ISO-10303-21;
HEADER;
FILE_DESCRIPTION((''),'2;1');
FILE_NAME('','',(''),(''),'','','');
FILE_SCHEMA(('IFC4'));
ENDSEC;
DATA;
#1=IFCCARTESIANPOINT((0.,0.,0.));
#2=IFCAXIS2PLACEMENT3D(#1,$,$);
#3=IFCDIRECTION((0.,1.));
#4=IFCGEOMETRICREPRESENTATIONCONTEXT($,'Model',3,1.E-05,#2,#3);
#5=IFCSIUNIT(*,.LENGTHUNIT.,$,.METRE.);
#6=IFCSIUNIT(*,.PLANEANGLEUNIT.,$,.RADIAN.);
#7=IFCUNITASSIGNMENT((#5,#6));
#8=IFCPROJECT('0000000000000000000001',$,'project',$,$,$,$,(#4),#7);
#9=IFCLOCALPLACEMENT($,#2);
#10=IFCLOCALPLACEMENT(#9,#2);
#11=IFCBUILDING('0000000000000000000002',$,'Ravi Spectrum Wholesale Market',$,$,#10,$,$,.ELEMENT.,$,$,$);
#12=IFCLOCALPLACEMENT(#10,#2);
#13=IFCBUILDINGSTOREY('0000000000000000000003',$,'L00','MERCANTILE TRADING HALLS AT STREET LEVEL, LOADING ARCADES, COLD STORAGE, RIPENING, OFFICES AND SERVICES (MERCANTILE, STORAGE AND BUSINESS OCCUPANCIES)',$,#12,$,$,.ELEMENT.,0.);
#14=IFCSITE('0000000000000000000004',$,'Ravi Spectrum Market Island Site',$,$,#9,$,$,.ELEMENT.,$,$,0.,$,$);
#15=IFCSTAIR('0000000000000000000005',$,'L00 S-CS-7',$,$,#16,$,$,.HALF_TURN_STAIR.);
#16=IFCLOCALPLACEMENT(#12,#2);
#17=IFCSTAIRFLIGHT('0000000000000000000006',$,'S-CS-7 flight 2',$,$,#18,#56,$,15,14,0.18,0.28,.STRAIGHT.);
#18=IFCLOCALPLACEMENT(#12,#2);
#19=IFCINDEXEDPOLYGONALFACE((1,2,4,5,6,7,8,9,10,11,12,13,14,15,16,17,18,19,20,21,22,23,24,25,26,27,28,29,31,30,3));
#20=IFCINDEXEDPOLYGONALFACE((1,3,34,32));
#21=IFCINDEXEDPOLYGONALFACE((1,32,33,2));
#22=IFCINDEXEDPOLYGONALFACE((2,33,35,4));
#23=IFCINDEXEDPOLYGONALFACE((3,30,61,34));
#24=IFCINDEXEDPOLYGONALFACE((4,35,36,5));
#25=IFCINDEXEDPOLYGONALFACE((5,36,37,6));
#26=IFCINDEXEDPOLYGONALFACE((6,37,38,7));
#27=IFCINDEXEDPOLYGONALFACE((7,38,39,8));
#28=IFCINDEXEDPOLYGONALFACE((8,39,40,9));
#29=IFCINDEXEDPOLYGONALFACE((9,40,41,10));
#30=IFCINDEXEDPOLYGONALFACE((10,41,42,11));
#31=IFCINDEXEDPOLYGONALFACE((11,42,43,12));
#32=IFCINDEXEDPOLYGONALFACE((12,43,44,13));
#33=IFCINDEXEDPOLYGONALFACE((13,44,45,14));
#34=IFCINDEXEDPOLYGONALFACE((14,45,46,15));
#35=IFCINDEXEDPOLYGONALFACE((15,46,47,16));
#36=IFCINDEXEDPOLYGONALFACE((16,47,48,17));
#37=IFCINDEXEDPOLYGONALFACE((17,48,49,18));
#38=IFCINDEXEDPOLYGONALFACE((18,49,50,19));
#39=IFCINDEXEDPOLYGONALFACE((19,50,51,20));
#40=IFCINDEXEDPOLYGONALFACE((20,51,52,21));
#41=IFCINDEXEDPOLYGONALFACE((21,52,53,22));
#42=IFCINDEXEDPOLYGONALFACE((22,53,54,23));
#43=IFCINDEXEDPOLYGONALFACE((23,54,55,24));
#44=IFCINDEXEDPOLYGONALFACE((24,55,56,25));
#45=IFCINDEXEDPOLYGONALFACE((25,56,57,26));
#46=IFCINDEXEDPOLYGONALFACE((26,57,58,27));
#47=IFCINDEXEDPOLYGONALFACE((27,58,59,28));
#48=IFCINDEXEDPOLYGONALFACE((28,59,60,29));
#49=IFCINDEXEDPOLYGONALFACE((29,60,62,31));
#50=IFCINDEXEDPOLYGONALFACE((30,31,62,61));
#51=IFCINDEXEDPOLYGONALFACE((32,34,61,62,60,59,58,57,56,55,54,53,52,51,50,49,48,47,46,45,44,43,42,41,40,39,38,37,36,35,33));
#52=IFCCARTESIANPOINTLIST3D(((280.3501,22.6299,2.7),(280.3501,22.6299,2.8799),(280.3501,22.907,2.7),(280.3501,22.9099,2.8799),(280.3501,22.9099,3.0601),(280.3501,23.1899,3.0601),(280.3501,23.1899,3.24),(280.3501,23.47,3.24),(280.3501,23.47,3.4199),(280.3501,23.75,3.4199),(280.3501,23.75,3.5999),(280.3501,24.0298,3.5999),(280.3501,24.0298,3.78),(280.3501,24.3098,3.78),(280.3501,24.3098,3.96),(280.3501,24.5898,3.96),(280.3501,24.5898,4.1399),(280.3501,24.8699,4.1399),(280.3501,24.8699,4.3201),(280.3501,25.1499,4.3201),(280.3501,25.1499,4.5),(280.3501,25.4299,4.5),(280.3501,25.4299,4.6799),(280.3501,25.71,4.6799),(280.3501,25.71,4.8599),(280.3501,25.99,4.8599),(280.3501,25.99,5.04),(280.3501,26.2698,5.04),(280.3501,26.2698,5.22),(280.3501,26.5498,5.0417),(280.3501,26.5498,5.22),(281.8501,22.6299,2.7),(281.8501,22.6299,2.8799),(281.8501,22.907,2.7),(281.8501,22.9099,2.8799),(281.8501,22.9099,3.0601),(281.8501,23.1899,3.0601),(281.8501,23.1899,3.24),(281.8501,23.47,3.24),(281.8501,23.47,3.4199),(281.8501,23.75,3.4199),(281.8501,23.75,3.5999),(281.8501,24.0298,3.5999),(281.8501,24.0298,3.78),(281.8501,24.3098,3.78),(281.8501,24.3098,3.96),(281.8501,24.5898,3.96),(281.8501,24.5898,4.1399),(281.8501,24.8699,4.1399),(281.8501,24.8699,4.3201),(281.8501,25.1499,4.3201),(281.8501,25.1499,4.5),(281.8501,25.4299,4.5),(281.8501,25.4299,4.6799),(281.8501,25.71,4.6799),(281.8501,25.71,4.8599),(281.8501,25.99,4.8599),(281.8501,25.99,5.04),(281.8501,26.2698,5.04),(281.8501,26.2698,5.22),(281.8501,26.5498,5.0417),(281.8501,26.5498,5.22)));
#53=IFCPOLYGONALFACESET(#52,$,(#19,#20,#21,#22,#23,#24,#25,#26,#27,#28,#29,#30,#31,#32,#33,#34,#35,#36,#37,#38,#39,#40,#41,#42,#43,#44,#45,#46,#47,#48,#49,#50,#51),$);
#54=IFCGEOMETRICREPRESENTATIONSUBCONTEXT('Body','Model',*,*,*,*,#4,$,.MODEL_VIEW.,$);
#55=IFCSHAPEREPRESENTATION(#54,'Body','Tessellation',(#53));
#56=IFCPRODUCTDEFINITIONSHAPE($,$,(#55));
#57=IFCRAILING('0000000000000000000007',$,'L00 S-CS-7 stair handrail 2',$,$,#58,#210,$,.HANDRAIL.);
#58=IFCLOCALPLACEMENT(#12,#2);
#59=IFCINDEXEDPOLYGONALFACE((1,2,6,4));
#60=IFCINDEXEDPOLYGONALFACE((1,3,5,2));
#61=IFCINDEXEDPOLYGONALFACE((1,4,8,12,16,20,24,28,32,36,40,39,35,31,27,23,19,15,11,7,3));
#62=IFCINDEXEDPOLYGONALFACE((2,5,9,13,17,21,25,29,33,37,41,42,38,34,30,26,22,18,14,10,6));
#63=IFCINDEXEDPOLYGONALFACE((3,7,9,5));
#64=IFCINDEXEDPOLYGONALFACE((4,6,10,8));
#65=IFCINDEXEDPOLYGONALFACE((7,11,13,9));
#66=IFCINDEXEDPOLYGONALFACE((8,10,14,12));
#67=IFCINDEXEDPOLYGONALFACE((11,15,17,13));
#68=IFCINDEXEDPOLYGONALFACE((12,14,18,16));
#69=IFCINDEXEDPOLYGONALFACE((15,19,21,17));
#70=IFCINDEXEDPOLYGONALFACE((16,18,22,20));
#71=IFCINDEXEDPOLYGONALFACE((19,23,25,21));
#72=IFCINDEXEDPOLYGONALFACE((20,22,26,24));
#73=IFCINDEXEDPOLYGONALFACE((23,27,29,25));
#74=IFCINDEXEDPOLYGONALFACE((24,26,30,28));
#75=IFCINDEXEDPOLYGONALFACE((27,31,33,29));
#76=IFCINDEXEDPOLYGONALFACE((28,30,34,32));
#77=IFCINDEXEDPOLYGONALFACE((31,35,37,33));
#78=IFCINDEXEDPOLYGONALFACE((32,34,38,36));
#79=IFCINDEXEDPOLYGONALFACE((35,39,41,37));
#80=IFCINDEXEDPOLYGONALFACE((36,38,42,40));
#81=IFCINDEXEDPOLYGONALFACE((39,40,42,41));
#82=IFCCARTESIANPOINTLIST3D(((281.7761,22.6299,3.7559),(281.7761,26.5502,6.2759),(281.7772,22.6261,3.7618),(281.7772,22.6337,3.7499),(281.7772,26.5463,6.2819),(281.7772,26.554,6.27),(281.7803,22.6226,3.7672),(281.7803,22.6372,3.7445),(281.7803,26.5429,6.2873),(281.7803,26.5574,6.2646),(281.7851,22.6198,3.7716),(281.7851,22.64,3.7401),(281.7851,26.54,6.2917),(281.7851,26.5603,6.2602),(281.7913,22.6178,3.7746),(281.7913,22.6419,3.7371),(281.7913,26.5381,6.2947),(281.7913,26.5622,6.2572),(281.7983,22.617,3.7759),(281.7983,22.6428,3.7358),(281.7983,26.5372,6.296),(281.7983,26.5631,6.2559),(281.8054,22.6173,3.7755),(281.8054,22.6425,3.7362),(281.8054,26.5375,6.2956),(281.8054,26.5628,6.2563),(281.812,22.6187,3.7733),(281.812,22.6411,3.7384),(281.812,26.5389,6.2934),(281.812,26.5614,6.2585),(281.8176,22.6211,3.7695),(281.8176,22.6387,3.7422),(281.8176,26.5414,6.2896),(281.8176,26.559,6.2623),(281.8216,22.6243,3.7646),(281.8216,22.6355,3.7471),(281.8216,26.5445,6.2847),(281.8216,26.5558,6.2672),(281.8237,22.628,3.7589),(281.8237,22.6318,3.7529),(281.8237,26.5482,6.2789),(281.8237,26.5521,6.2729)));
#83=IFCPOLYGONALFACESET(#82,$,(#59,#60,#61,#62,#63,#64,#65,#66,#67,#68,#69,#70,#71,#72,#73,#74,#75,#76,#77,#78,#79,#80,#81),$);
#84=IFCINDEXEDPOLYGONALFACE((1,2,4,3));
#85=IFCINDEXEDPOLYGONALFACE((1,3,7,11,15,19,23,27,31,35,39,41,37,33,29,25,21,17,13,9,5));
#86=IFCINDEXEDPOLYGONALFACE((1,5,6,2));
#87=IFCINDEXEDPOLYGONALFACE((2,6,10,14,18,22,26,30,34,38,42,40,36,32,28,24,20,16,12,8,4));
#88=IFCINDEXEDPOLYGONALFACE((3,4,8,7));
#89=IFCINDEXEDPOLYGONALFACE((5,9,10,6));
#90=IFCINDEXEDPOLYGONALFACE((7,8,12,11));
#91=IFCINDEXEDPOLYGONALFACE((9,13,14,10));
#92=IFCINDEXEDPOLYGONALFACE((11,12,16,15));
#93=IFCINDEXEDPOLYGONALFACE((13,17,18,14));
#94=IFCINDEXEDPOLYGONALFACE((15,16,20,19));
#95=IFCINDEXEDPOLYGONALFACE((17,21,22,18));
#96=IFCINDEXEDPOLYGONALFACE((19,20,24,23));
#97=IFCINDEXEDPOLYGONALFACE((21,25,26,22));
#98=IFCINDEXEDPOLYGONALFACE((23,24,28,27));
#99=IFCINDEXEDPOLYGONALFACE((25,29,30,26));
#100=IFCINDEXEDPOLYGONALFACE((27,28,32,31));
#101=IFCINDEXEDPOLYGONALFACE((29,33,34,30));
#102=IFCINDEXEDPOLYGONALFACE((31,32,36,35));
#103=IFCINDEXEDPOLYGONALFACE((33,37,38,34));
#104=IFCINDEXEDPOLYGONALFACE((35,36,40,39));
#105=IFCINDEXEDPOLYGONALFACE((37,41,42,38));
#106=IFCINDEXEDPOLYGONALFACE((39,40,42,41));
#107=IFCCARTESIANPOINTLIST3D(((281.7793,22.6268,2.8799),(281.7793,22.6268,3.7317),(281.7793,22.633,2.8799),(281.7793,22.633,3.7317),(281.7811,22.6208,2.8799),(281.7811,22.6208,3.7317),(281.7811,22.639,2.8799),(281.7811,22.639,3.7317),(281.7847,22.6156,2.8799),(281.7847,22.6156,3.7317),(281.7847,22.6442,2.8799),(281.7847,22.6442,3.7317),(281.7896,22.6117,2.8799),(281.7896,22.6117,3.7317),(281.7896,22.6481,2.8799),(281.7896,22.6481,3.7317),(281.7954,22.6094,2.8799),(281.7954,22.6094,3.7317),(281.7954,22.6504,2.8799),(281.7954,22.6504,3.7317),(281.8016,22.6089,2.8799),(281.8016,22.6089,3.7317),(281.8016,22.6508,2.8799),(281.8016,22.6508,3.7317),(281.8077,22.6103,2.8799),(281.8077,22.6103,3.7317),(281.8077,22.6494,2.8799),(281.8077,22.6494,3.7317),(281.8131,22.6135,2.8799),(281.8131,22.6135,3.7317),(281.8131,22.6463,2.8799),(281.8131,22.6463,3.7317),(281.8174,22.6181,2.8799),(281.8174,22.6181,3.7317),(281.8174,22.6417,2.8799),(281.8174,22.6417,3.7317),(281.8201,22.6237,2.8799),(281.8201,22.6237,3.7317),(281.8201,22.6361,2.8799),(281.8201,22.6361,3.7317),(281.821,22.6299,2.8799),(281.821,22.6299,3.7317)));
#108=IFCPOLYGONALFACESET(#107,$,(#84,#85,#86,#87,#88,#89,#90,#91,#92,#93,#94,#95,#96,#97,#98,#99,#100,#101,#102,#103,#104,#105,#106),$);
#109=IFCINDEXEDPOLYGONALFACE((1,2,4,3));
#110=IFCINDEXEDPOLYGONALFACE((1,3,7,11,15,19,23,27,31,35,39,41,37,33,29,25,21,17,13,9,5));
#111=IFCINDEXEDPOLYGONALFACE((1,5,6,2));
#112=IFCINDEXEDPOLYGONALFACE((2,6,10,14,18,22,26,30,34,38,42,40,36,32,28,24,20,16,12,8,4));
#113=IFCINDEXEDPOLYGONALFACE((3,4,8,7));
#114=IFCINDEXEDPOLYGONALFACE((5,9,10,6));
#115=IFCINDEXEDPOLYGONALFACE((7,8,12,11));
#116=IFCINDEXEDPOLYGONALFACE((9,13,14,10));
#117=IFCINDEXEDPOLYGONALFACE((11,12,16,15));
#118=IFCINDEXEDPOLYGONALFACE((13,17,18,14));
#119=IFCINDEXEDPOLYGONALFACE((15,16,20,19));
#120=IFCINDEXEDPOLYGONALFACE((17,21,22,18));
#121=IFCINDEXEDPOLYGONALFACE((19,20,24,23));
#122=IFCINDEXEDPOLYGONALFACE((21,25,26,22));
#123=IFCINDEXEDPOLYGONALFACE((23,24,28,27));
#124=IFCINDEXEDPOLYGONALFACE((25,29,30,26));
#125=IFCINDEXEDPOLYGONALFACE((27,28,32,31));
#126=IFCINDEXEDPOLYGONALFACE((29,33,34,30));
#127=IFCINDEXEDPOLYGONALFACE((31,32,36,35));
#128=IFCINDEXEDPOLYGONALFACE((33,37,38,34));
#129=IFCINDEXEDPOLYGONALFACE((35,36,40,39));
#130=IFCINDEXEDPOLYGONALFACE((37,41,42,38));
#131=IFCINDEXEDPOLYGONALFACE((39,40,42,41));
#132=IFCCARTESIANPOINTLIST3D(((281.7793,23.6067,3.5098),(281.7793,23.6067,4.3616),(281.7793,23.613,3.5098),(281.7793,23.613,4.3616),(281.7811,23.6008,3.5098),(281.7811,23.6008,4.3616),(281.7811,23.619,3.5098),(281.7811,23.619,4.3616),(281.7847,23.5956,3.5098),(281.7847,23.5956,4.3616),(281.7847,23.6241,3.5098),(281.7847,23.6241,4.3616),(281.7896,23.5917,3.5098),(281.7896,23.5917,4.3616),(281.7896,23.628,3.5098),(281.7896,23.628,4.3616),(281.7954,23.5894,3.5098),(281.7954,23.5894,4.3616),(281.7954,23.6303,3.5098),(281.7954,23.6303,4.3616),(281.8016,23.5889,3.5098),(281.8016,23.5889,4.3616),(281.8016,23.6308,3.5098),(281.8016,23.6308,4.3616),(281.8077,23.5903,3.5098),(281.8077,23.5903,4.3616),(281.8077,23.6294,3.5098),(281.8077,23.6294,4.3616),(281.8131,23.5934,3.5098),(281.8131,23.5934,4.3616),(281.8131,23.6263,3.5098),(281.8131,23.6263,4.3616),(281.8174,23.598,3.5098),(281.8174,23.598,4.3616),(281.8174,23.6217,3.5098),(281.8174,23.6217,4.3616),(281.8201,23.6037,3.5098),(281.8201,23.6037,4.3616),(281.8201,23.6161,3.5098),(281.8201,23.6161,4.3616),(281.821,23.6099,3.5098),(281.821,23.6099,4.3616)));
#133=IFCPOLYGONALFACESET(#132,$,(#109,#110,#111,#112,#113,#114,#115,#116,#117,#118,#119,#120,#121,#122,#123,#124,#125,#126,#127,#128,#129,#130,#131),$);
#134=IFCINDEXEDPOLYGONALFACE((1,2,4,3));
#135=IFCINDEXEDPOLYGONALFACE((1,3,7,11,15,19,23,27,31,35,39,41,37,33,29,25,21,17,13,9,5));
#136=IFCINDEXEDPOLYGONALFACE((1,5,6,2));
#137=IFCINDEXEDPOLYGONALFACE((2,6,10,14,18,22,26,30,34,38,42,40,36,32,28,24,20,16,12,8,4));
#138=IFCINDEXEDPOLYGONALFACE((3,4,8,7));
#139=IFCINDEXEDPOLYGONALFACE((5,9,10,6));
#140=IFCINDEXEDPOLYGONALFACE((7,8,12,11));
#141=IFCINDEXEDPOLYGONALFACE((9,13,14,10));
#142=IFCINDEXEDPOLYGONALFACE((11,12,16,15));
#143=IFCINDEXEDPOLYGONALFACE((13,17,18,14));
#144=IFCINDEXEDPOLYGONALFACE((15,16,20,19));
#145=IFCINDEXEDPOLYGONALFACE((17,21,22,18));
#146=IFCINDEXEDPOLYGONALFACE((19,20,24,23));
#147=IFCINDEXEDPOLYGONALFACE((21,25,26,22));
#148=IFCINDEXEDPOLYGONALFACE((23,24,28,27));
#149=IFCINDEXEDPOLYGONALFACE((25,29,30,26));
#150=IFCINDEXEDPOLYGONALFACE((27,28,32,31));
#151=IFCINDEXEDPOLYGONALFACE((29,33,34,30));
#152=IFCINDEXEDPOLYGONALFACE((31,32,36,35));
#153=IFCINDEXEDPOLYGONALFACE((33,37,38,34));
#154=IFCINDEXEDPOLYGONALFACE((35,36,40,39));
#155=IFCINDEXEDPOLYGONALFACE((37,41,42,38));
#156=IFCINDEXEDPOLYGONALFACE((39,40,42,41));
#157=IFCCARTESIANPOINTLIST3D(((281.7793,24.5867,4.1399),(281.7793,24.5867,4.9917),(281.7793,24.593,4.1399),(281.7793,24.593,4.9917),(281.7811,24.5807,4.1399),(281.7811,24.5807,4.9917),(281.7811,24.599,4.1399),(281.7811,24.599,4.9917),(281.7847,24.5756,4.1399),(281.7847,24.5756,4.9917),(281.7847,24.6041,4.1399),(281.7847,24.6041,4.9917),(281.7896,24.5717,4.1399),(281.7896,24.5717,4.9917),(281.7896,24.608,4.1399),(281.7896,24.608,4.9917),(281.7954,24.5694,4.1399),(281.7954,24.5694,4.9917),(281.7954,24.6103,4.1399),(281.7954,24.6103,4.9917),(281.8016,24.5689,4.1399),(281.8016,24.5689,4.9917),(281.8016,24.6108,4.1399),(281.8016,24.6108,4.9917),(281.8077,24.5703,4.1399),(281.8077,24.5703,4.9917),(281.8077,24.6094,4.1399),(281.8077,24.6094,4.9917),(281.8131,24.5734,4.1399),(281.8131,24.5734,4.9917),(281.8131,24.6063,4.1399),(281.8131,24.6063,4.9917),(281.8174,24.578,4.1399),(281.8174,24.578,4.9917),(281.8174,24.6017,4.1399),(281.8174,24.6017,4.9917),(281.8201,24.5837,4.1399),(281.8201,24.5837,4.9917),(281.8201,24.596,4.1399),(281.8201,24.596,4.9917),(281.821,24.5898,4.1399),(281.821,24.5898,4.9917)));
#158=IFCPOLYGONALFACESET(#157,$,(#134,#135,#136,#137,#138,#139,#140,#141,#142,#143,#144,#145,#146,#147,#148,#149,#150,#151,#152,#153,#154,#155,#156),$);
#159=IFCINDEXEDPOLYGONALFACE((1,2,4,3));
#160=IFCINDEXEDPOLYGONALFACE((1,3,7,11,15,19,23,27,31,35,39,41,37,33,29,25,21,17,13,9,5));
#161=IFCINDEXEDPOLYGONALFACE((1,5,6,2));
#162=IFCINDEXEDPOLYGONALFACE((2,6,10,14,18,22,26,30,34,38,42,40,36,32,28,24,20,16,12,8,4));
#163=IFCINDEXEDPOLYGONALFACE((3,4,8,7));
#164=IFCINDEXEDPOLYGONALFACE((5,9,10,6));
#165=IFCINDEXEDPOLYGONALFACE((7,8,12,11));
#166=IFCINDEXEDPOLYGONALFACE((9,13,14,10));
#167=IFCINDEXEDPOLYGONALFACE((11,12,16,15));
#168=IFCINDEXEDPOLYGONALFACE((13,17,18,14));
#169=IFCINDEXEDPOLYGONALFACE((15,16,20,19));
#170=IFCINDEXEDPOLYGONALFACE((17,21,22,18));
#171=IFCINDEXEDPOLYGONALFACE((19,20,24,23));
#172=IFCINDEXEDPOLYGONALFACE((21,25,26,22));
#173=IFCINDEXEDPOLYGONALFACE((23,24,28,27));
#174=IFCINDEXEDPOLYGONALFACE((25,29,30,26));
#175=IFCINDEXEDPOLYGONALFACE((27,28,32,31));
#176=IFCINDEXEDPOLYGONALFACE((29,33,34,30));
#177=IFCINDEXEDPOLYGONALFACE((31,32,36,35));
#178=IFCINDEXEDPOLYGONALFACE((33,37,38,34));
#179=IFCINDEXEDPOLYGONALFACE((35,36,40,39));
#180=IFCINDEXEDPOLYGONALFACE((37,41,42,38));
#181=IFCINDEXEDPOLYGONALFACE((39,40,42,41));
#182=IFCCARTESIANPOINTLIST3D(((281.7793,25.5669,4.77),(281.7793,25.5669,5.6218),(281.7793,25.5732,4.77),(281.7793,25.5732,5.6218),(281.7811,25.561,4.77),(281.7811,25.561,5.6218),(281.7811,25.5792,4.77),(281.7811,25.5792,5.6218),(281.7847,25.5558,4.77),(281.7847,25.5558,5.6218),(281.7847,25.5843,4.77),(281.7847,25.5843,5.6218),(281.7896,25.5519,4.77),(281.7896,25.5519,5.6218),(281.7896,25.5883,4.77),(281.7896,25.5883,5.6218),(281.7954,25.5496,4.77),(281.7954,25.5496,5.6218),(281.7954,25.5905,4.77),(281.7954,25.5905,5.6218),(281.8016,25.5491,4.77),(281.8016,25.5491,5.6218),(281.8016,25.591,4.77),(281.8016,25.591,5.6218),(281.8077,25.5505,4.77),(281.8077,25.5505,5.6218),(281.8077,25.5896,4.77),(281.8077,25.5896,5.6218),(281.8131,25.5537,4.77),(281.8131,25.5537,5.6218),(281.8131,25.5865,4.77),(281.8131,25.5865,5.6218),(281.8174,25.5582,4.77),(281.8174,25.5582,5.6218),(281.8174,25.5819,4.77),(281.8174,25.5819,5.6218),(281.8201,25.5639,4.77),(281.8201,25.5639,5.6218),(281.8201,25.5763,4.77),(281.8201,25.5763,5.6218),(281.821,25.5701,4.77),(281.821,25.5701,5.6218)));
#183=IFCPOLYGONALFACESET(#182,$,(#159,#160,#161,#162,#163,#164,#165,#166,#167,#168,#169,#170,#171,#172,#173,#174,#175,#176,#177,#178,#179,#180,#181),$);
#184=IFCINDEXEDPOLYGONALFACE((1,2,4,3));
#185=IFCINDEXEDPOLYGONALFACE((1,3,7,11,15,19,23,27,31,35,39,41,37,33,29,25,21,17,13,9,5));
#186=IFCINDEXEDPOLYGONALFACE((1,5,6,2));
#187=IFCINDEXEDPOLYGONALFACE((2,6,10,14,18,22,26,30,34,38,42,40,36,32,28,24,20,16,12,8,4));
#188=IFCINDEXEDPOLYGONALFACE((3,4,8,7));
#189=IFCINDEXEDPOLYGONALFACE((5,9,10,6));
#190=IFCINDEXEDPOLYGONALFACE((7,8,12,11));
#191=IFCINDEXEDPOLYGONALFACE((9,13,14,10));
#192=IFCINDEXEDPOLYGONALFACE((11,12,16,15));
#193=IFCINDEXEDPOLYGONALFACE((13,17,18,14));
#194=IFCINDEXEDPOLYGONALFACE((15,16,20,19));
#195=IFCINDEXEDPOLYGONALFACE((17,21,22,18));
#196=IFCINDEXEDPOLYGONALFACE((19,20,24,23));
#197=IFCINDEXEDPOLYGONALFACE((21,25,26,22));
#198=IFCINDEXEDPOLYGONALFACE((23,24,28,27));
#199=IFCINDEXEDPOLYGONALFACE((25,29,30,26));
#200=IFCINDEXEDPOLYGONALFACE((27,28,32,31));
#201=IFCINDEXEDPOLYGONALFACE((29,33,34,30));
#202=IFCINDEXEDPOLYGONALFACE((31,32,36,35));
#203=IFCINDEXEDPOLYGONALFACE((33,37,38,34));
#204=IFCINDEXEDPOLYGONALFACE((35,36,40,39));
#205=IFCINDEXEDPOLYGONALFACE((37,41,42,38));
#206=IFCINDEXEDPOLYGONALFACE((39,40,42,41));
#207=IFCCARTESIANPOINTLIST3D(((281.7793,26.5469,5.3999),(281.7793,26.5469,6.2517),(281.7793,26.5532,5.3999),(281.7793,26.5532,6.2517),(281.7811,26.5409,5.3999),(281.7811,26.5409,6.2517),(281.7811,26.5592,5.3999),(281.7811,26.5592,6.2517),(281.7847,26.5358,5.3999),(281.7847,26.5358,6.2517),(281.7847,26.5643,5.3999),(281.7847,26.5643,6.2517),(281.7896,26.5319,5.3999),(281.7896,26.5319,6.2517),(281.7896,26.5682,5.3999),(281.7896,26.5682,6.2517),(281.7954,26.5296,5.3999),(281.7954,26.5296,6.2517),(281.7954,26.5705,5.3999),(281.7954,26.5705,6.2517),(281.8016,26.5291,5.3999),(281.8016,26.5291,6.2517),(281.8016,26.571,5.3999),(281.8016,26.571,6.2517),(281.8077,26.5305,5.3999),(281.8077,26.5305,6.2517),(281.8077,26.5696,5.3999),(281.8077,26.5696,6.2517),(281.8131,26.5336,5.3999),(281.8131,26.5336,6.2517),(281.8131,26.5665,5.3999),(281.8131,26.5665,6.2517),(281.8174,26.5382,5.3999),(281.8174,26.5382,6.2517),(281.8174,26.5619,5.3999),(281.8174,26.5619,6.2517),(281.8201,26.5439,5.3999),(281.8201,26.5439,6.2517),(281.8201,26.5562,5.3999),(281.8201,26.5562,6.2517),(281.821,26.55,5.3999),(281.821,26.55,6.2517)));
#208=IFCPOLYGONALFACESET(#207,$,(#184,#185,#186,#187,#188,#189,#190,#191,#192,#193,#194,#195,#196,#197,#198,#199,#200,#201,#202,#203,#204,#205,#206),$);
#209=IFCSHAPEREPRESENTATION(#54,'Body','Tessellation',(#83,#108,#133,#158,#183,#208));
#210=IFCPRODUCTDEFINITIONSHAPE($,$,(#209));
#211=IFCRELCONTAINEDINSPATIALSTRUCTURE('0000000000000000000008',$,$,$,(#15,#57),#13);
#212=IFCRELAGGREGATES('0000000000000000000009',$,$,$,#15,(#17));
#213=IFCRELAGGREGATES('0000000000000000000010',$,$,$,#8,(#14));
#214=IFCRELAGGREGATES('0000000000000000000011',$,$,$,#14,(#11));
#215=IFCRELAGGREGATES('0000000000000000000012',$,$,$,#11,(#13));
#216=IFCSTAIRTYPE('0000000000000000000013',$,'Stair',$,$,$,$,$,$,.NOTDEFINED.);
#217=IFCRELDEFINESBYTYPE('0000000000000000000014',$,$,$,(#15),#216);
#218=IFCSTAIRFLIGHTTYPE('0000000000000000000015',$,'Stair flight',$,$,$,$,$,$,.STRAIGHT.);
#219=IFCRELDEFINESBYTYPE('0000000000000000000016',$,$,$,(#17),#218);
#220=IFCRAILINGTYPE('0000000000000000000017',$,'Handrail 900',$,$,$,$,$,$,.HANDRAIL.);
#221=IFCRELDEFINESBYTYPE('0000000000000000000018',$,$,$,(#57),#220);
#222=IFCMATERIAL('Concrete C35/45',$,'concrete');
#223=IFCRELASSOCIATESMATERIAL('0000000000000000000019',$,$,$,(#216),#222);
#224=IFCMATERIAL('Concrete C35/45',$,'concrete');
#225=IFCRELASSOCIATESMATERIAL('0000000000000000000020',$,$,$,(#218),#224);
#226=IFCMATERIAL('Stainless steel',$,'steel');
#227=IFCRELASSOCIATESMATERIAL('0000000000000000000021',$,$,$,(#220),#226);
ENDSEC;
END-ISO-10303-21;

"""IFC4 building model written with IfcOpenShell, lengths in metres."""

from ifc_helpers import new_model, si_unit, direction, frame, origin, origin_2d, place, context, subcontext, project, spatial, polyline, circle, outline, extrude, material, type_object, element, aggregate, save


model = new_model("IFC4")

# Units and contexts
model_context = context("Model", 3, precision=1e-05, world=origin(), true_north=direction((0.0, 1.0)))
body_context = subcontext(model_context, "Body", "Model", "MODEL_VIEW")
ifc_project = project(units=[si_unit("LENGTHUNIT", "METRE"), si_unit("PLANEANGLEUNIT", "RADIAN")], contexts=[model_context])

# Site, building, storey
site_placement = place(None, origin())
site = spatial("IfcSite", under=ifc_project, at=site_placement, Name="Ravi Spectrum Market Island Site", CompositionType="ELEMENT", RefElevation=0.0)
building_placement = place(site_placement, origin())
building = spatial("IfcBuilding", under=site, at=building_placement, Name="Ravi Spectrum Wholesale Market", CompositionType="ELEMENT")
storey_placement = place(building_placement, origin())
storey = spatial("IfcBuildingStorey", under=building, at=storey_placement, Name="L00", Description="MERCANTILE TRADING HALLS AT STREET LEVEL, LOADING ARCADES, COLD STORAGE, RIPENING, OFFICES AND SERVICES (MERCANTILE, STORAGE AND BUSINESS OCCUPANCIES)", CompositionType="ELEMENT", Elevation=0.0)

# Stair, stair flight
ifc_material_1 = material(Name="Concrete C35/45", Category="concrete")
stair_type = type_object("IfcStairType", Name="Stair", PredefinedType="NOTDEFINED", material=ifc_material_1)
stair_placement = place(storey_placement, origin())
stair = element("IfcStair", 1, at=stair_placement, inside=storey, type_object=stair_type, Name="L00 S-CS-7", PredefinedType="HALF_TURN_STAIR")
ifc_material_2 = material(Name="Concrete C35/45", Category="concrete")
stair_flight_type = type_object("IfcStairFlightType", Name="Stair flight", PredefinedType="STRAIGHT", material=ifc_material_2)
stair_flight_placement = place(storey_placement, frame((281.1001, 22.6299, 2.7), z_axis=(0.0, 0.0, 1.0), x_axis=(0.0, 1.0, 0.0)))
stair_flight = element("IfcStairFlight", 2, at=stair_flight_placement, type_object=stair_flight_type, Name="S-CS-7 flight 2", NumberOfRisers=15, NumberOfTreads=14, PredefinedType="STRAIGHT", RiserHeight=0.18, TreadLength=0.28, context=body_context, shape_type="SweptSolid", body=[
    extrude(outline(polyline([(0.0, 0.0), (0.0, 0.1799), (0.28, 0.1799), (0.28, 0.3601), (0.5601, 0.3601), (0.5601, 0.54), (0.8401, 0.54), (0.8401, 0.72), (1.1201, 0.72), (1.1201, 0.8999), (1.3999, 0.8999), (1.3999, 1.0801), (1.6799, 1.0801), (1.6799, 1.26), (1.96, 1.26), (1.96, 1.4399), (2.24, 1.4399), (2.24, 1.6201), (2.52, 1.6201), (2.52, 1.8), (2.8, 1.8), (2.8, 1.98), (3.0801, 1.98), (3.0801, 2.1599), (3.3601, 2.1599), (3.3601, 2.3401), (3.6399, 2.3401), (3.6399, 2.52), (3.9199, 2.52), (3.9199, 2.7), (3.9199, 2.3418), (0.2771, 0.0), (0.0, 0.0)])), frame((0.0, 0.75, 0.0), z_axis=(0.0, -1.0, 0.0), x_axis=(1.0, 0.0, 0.0)), (0.0, 0.0, 1.0), 1.5),
])
aggregate(stair, [stair_flight])

# Railing
ifc_material_3 = material(Name="Stainless steel", Category="steel")
railing_type = type_object("IfcRailingType", Name="Handrail 900", PredefinedType="HANDRAIL", material=ifc_material_3)
railing_placement = place(storey_placement, frame((281.8, 22.6299, 2.8799)))
element("IfcRailing", 3, at=railing_placement, inside=storey, type_object=railing_type, Name="L00 S-CS-7 stair handrail 2", PredefinedType="HANDRAIL", context=body_context, shape_type="SweptSolid", body=[
    extrude(circle(Radius=0.0239, at=origin_2d()), frame((0.0, 0.0, 0.876), z_axis=(0.0, 0.841187, 0.540744), x_axis=(-1.0, 0.0, 0.0)), (0.0, 0.0, 1.0), 4.6604),
    extrude(circle(Radius=0.021, at=origin_2d()), origin(), (0.0, 0.0, 1.0), 0.8518),
    extrude(circle(Radius=0.021, at=origin_2d()), frame((0.0, 0.98, 0.6299)), (0.0, 0.0, 1.0), 0.8518),
    extrude(circle(Radius=0.021, at=origin_2d()), frame((0.0, 1.96, 1.26)), (0.0, 0.0, 1.0), 0.8518),
    extrude(circle(Radius=0.021, at=origin_2d()), frame((0.0, 2.9402, 1.8901)), (0.0, 0.0, 1.0), 0.8518),
    extrude(circle(Radius=0.021, at=origin_2d()), frame((0.0, 3.9202, 2.52)), (0.0, 0.0, 1.0), 0.8518),
])

save(model, "model.ifc")
